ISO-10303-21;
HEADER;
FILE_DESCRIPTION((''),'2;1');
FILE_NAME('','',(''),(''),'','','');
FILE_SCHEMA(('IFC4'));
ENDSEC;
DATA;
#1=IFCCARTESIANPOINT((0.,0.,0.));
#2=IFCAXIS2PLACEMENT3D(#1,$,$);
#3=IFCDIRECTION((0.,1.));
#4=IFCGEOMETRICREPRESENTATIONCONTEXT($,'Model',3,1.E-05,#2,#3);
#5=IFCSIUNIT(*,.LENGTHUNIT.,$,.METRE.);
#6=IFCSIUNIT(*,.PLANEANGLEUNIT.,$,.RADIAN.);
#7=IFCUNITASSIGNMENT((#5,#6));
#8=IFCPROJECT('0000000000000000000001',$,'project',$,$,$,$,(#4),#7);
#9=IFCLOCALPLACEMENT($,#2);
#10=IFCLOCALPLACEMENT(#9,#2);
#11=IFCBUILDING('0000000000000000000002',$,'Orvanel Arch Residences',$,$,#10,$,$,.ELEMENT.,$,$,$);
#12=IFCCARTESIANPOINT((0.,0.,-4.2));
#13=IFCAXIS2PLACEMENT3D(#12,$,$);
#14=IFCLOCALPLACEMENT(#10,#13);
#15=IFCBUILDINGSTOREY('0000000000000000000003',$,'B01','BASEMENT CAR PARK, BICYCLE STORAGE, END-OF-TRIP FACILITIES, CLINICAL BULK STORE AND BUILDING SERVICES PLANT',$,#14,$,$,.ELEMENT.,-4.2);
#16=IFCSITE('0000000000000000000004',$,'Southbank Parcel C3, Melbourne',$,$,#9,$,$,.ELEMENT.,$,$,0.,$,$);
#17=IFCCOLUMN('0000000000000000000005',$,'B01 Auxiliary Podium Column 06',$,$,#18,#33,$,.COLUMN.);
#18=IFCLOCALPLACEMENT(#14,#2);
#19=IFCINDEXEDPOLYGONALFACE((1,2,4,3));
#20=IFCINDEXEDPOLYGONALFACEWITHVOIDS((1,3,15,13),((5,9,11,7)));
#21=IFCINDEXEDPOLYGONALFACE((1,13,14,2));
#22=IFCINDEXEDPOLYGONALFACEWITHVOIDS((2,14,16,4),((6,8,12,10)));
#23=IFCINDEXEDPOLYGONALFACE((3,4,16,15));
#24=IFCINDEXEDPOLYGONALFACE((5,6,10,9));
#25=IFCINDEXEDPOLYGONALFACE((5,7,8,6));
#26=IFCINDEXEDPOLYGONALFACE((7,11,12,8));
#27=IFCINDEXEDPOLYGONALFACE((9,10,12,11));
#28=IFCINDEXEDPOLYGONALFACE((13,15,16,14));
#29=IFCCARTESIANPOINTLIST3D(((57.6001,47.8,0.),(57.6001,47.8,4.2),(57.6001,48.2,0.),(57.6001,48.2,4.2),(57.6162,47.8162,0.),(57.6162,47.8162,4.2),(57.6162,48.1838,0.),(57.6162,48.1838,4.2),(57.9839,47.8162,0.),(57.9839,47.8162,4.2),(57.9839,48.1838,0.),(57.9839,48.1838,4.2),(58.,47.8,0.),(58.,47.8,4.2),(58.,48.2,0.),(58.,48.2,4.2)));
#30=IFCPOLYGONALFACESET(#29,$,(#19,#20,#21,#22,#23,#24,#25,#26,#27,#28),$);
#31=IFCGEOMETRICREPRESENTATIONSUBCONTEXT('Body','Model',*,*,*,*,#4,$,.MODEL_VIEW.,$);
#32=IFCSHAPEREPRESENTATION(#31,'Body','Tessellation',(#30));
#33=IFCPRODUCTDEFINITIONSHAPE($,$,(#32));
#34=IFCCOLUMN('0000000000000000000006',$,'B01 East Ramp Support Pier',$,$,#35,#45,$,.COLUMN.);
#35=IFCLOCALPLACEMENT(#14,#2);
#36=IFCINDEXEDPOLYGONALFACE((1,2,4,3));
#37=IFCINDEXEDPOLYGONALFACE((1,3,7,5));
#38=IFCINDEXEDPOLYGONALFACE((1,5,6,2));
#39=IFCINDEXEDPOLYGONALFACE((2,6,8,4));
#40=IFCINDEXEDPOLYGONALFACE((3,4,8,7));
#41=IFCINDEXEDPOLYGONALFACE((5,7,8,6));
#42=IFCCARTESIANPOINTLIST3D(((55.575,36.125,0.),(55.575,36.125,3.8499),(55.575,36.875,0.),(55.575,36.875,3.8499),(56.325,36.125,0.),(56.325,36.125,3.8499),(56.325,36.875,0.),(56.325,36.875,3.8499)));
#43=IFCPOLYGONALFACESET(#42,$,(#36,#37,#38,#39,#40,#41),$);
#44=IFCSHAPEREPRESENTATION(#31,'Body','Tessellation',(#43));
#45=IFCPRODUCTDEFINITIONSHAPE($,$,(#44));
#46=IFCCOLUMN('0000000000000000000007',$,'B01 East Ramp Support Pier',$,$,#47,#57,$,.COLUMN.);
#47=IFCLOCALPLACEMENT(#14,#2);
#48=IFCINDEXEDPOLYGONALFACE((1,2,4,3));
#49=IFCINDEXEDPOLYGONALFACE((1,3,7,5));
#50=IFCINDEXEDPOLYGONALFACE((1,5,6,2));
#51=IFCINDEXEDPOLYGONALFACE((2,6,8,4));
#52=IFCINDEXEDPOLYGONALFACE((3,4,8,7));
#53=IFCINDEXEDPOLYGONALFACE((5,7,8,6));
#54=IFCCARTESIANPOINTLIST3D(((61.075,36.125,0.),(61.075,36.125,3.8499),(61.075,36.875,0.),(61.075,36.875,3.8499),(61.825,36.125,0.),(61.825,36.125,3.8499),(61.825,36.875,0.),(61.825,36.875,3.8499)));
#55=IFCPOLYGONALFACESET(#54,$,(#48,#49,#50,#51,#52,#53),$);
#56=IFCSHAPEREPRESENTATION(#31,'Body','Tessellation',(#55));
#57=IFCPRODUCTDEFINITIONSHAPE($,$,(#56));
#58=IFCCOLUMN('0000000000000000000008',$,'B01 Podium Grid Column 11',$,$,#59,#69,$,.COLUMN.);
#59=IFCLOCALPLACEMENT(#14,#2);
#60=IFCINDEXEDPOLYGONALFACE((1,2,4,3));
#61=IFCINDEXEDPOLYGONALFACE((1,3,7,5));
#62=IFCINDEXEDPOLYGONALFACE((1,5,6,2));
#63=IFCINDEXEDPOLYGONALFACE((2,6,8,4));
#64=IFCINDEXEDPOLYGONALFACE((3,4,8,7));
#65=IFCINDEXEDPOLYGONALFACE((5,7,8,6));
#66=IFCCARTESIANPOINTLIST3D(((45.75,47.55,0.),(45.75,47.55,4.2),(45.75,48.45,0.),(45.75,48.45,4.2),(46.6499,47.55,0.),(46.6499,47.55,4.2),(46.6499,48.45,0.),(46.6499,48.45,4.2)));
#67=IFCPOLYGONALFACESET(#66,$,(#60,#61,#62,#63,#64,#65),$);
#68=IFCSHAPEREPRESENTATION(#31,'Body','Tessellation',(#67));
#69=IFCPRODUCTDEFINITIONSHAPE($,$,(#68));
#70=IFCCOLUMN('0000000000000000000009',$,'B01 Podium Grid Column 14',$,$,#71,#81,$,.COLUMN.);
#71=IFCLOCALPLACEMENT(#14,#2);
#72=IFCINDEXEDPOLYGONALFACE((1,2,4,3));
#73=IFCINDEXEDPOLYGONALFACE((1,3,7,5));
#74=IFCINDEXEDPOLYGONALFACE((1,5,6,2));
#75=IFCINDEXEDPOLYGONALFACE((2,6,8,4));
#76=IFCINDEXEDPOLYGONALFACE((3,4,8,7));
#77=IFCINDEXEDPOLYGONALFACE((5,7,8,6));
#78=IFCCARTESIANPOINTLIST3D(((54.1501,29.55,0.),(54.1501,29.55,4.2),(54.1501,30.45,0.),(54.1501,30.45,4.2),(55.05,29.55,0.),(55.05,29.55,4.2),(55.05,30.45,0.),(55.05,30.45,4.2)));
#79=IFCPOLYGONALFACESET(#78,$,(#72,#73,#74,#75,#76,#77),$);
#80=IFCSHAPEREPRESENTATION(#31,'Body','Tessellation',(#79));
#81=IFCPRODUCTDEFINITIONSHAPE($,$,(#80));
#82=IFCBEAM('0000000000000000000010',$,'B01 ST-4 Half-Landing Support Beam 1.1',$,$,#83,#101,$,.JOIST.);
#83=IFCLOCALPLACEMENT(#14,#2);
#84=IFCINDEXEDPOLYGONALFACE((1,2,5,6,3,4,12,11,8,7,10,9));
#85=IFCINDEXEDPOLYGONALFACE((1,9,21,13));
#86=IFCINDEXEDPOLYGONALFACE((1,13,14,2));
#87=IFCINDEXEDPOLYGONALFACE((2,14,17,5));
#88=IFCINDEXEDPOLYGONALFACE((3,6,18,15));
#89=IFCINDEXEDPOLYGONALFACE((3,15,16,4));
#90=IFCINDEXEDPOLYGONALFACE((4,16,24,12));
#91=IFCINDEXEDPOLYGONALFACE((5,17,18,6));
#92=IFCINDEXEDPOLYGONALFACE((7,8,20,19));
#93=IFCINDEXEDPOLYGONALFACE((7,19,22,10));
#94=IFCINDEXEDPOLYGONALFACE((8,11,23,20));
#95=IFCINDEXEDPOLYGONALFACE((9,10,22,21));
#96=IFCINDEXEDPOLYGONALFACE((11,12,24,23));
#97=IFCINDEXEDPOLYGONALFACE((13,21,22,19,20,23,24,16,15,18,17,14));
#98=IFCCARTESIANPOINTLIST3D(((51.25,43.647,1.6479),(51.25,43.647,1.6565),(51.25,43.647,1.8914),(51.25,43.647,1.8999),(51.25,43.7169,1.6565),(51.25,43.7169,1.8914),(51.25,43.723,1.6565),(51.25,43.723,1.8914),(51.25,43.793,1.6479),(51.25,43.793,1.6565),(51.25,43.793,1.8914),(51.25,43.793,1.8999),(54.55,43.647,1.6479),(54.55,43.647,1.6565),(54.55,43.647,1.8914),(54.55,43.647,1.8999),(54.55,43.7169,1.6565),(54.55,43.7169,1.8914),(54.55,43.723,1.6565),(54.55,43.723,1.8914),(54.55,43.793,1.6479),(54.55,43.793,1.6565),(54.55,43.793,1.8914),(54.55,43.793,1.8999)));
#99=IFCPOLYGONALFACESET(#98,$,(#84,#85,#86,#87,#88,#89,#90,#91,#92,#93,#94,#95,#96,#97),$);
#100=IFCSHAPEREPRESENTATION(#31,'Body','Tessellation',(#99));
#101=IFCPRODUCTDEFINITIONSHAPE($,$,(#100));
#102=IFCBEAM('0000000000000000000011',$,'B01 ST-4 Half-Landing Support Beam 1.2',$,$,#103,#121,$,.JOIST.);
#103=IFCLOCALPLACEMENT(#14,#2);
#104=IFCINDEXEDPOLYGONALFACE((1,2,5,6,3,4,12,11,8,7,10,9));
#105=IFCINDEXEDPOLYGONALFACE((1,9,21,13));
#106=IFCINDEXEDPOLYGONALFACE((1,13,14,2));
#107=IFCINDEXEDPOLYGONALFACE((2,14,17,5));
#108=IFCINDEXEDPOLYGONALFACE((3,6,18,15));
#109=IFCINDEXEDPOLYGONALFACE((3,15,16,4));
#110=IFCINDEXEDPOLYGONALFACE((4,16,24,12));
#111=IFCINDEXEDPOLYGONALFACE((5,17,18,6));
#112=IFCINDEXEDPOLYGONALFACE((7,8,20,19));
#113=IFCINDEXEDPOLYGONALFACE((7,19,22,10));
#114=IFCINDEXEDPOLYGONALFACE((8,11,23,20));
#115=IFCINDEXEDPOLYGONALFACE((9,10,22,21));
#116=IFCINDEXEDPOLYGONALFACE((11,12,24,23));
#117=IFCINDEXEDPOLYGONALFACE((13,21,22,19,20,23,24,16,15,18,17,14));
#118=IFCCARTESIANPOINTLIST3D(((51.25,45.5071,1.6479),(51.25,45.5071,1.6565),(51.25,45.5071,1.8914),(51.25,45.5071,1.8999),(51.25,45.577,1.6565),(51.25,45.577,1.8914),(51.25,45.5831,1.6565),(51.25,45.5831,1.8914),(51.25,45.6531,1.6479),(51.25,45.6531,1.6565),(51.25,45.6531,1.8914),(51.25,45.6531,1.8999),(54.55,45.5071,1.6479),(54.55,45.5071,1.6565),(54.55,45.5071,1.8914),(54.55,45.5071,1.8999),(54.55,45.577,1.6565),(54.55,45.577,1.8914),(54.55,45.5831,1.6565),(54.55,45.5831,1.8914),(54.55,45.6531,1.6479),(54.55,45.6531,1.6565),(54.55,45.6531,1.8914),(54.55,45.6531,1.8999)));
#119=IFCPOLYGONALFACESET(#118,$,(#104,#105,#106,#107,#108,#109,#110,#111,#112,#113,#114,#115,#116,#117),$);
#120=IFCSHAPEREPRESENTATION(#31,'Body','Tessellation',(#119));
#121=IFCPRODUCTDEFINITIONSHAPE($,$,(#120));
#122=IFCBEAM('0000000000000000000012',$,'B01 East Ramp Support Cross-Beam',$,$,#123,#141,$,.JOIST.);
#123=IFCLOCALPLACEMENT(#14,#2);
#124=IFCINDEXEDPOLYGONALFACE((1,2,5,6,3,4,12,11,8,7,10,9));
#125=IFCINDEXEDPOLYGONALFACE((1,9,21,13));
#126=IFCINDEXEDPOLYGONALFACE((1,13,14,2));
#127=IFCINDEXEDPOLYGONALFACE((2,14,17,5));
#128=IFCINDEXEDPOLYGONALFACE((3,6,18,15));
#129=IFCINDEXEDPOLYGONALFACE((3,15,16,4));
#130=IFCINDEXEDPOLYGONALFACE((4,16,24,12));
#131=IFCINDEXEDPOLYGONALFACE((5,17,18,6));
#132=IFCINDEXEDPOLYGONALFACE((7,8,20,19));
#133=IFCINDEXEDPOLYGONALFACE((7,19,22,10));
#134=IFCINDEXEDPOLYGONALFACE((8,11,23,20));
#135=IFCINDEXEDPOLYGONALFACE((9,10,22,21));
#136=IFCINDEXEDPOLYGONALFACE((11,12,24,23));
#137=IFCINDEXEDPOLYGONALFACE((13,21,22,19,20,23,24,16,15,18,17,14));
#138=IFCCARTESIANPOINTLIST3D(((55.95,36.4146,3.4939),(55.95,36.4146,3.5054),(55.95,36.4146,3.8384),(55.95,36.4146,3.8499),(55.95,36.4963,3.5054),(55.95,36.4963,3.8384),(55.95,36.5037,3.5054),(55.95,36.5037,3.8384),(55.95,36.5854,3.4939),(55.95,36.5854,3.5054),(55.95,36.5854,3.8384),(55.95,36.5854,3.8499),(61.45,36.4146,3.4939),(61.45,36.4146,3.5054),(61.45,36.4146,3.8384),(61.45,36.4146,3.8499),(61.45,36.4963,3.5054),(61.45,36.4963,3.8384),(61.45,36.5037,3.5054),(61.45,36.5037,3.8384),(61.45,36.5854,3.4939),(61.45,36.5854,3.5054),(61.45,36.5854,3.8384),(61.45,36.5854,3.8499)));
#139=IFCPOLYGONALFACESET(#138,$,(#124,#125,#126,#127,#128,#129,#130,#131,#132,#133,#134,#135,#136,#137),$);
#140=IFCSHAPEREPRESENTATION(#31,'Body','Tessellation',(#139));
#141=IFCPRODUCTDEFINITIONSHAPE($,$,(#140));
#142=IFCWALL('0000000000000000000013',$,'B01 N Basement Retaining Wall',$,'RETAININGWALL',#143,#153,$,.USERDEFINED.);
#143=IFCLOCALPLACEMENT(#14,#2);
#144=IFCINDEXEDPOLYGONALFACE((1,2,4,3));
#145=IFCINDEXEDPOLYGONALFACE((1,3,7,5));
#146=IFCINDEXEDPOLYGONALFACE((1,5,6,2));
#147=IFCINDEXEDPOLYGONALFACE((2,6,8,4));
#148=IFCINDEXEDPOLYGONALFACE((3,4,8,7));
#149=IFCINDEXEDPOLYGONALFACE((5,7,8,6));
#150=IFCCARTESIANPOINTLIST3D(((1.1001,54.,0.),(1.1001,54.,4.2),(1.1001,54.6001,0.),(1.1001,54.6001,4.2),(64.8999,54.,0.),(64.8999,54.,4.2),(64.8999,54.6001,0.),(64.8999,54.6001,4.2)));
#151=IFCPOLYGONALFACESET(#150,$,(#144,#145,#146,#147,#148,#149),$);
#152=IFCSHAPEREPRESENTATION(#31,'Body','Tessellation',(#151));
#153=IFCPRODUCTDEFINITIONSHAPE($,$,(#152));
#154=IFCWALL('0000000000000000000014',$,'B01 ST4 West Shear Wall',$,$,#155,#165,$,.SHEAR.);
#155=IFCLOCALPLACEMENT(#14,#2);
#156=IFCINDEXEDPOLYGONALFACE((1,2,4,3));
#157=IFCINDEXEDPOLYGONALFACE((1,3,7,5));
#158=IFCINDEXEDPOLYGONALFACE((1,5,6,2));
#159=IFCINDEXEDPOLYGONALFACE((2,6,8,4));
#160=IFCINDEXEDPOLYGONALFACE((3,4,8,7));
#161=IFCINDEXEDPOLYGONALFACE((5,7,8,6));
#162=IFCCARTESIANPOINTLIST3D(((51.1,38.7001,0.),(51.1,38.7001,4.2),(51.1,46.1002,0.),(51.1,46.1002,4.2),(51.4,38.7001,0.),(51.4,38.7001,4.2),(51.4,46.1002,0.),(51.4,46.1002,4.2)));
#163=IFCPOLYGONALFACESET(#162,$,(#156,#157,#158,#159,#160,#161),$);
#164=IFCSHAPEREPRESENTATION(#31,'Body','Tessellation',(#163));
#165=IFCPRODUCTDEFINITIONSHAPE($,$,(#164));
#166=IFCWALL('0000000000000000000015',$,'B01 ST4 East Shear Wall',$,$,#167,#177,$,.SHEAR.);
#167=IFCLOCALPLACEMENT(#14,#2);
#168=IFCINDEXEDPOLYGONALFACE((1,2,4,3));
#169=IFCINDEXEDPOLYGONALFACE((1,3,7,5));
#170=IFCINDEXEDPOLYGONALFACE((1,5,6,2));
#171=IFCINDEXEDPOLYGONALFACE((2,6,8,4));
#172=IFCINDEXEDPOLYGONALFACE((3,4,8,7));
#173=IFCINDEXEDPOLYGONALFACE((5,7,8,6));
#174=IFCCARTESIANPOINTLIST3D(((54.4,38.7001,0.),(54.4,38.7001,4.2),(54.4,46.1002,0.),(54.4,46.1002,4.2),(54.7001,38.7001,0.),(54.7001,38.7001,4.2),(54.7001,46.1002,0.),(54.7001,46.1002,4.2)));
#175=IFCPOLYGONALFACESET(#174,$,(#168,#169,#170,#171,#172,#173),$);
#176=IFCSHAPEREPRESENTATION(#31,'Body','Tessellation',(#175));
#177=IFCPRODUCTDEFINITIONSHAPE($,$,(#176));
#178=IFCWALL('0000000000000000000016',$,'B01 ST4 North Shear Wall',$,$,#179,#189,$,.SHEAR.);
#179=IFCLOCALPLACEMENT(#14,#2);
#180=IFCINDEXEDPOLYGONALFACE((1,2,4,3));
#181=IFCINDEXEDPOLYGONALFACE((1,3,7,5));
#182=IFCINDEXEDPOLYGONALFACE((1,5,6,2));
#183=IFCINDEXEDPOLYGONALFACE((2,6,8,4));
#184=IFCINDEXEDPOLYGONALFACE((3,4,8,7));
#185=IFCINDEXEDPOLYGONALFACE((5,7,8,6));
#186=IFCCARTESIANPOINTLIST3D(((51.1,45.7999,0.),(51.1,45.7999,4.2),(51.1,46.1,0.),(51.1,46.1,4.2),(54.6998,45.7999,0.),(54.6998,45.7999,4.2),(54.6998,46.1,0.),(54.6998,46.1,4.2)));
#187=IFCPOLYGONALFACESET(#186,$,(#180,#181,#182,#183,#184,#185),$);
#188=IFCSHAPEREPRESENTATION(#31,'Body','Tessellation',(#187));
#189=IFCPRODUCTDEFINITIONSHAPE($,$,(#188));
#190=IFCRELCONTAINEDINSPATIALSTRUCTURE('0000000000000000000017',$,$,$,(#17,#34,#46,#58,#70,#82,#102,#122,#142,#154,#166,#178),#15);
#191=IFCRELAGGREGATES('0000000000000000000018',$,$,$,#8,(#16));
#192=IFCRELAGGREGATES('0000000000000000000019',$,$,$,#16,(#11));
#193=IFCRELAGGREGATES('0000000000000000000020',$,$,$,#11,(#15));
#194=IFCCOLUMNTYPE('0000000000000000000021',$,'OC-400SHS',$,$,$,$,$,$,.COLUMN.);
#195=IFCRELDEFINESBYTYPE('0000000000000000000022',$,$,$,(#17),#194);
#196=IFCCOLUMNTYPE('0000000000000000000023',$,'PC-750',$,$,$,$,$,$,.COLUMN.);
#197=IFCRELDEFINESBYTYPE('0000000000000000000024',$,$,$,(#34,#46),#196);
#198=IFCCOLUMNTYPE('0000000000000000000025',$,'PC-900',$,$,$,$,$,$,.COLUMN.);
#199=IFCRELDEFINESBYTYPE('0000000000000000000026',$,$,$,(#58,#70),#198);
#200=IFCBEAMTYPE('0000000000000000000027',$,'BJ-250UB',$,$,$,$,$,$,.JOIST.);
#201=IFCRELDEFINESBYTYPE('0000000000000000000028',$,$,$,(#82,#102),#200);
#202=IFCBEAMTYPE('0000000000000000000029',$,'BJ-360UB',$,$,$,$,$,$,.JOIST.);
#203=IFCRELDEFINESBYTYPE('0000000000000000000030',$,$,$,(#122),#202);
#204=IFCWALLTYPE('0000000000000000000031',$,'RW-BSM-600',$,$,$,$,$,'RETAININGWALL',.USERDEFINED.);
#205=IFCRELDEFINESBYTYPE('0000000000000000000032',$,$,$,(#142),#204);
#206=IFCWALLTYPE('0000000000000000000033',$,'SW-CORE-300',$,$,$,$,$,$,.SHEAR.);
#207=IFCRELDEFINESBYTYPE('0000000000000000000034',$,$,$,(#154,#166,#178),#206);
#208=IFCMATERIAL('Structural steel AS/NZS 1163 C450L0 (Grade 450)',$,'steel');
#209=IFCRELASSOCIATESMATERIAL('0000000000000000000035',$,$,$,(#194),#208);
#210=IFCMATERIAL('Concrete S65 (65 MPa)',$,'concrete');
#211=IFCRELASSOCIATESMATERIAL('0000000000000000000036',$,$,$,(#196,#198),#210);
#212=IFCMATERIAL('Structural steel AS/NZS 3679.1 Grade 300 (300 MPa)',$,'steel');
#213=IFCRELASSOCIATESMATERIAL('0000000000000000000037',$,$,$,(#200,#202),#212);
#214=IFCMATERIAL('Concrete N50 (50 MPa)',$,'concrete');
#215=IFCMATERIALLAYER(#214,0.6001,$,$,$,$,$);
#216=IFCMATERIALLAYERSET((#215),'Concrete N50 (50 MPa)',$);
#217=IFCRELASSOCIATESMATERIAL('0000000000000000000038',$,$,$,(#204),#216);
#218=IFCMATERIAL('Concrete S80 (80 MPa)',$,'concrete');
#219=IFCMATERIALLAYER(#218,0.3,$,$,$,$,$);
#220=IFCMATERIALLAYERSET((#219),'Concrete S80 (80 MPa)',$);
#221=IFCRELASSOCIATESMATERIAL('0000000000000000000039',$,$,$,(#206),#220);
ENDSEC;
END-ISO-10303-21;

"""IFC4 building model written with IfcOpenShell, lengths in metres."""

from ifc_helpers import new_model, si_unit, direction, frame, frame_2d, origin, origin_2d, place, context, subcontext, project, spatial, rectangle, hollow_rectangle, i_section, extrude, material, layer, layer_set, material_profile, profile_set, type_object, element, save


model = new_model("IFC4")

# Units and contexts
model_context = context("Model", 3, precision=1e-05, world=origin(), true_north=direction((0.0, 1.0)))
body_context = subcontext(model_context, "Body", "Model", "MODEL_VIEW")
ifc_project = project(units=[si_unit("LENGTHUNIT", "METRE"), si_unit("PLANEANGLEUNIT", "RADIAN")], contexts=[model_context])

# Site, building, storey
site_placement = place(None, origin())
site = spatial("IfcSite", under=ifc_project, at=site_placement, Name="Southbank Parcel C3, Melbourne", CompositionType="ELEMENT", RefElevation=0.0)
building_placement = place(site_placement, origin())
building = spatial("IfcBuilding", under=site, at=building_placement, Name="Orvanel Arch Residences", CompositionType="ELEMENT")
storey_placement = place(building_placement, frame((0.0, 0.0, -4.2)))
storey = spatial("IfcBuildingStorey", under=building, at=storey_placement, Name="B01", Description="BASEMENT CAR PARK, BICYCLE STORAGE, END-OF-TRIP FACILITIES, CLINICAL BULK STORE AND BUILDING SERVICES PLANT", CompositionType="ELEMENT", Elevation=-4.2)

# Columns
ifc_material_1 = material(Name="Structural steel AS/NZS 1163 C450L0 (Grade 450)", Category="steel")
ifc_material_profile_1 = material_profile(ifc_material_1, hollow_rectangle(XDim=0.3999, YDim=0.3999, WallThickness=0.0161, at=origin_2d()), Name="SHS400x400x16")
ifc_profile_set_1 = profile_set([ifc_material_profile_1], Name="Structural steel AS/NZS 1163 C450L0 (Grade 450)")
column_type_1 = type_object("IfcColumnType", Name="OC-400SHS", PredefinedType="COLUMN", material=ifc_profile_set_1)
column_placement = place(storey_placement, frame((57.8, 48.0, 0.0), z_axis=(0.0, 0.0, 1.0), x_axis=(1.0, 0.0, 0.0)))
element("IfcColumn", 1, at=column_placement, inside=storey, type_object=column_type_1, Name="B01 Auxiliary Podium Column 06", PredefinedType="COLUMN", context=body_context, shape_type="SweptSolid", body=[
    extrude(hollow_rectangle(XDim=0.3999, YDim=0.3999, WallThickness=0.0161, at=origin_2d()), origin(), (0.0, 0.0, 1.0), 4.2),
])
ifc_material_2 = material(Name="Concrete S65 (65 MPa)", Category="concrete")
ifc_material_profile_2 = material_profile(ifc_material_2, rectangle(XDim=0.75, YDim=0.75, at=origin_2d()), Name="RC750x750")
ifc_profile_set_2 = profile_set([ifc_material_profile_2], Name="Concrete S65 (65 MPa)")
column_type_2 = type_object("IfcColumnType", Name="PC-750", PredefinedType="COLUMN", material=ifc_profile_set_2)
for number, where, z_axis, x_axis, name in (
    (2, (55.95, 36.5, 0.0), (0.0, 0.0, 1.0), (1.0, 0.0, 0.0), "B01 East Ramp Support Pier"),
    (3, (61.45, 36.5, 0.0), (0.0, 0.0, 1.0), (1.0, 0.0, 0.0), "B01 East Ramp Support Pier"),
):
    element("IfcColumn", number, at=place(storey_placement, frame(where, z_axis=z_axis, x_axis=x_axis)), inside=storey, type_object=column_type_2, Name=name, PredefinedType="COLUMN", context=body_context, shape_type="SweptSolid", body=[
        extrude(rectangle(XDim=0.75, YDim=0.75, at=origin_2d()), origin(), (0.0, 0.0, 1.0), 3.8499),
    ])
ifc_material_profile_3 = material_profile(ifc_material_2, rectangle(XDim=0.8999, YDim=0.8999, at=origin_2d()), Name="RC900x900")
ifc_profile_set_3 = profile_set([ifc_material_profile_3], Name="Concrete S65 (65 MPa)")
column_type_3 = type_object("IfcColumnType", Name="PC-900", PredefinedType="COLUMN", material=ifc_profile_set_3)
for number, where, z_axis, x_axis, name in (
    (4, (46.2, 48.0, 0.0), (0.0, 0.0, 1.0), (1.0, 0.0, 0.0), "B01 Podium Grid Column 11"),
    (5, (54.6001, 30.0, 0.0), (0.0, 0.0, 1.0), (1.0, 0.0, 0.0), "B01 Podium Grid Column 14"),
):
    element("IfcColumn", number, at=place(storey_placement, frame(where, z_axis=z_axis, x_axis=x_axis)), inside=storey, type_object=column_type_3, Name=name, PredefinedType="COLUMN", context=body_context, shape_type="SweptSolid", body=[
        extrude(rectangle(XDim=0.8999, YDim=0.8999, at=origin_2d()), origin(), (0.0, 0.0, 1.0), 4.2),
    ])

# Beams
ifc_material_3 = material(Name="Structural steel AS/NZS 3679.1 Grade 300 (300 MPa)", Category="steel")
ifc_material_profile_4 = material_profile(ifc_material_3, i_section(OverallWidth=0.146, OverallDepth=0.252, WebThickness=0.0061, FlangeThickness=0.0085, at=origin_2d()), Name="250UB31.4")
ifc_profile_set_4 = profile_set([ifc_material_profile_4], Name="Structural steel AS/NZS 3679.1 Grade 300 (300 MPa)")
beam_type_1 = type_object("IfcBeamType", Name="BJ-250UB", PredefinedType="JOIST", material=ifc_profile_set_4)
for number, where, z_axis, x_axis, name in (
    (6, (51.25, 43.72, 1.7739), (1.0, 0.0, 0.0), (0.0, 1.0, 0.0), "B01 ST-4 Half-Landing Support Beam 1.1"),
    (7, (51.25, 45.5801, 1.7739), (1.0, 0.0, 0.0), (0.0, 1.0, 0.0), "B01 ST-4 Half-Landing Support Beam 1.2"),
):
    element("IfcBeam", number, at=place(storey_placement, frame(where, z_axis=z_axis, x_axis=x_axis)), inside=storey, type_object=beam_type_1, Name=name, PredefinedType="JOIST", context=body_context, shape_type="SweptSolid", body=[
        extrude(i_section(OverallWidth=0.146, OverallDepth=0.252, WebThickness=0.0061, FlangeThickness=0.0085, at=origin_2d()), origin(), (0.0, 0.0, 1.0), 3.3),
    ])
ifc_material_profile_5 = material_profile(ifc_material_3, i_section(OverallWidth=0.1709, OverallDepth=0.356, WebThickness=0.0073, FlangeThickness=0.0115, at=origin_2d()), Name="360UB50.7")
ifc_profile_set_5 = profile_set([ifc_material_profile_5], Name="Structural steel AS/NZS 3679.1 Grade 300 (300 MPa)")
beam_type_2 = type_object("IfcBeamType", Name="BJ-360UB", PredefinedType="JOIST", material=ifc_profile_set_5)
beam_placement = place(storey_placement, frame((55.95, 36.5, 3.6719), z_axis=(1.0, 0.0, 0.0), x_axis=(0.0, 1.0, 0.0)))
element("IfcBeam", 8, at=beam_placement, inside=storey, type_object=beam_type_2, Name="B01 East Ramp Support Cross-Beam", PredefinedType="JOIST", context=body_context, shape_type="SweptSolid", body=[
    extrude(i_section(OverallWidth=0.1709, OverallDepth=0.356, WebThickness=0.0073, FlangeThickness=0.0115, at=origin_2d()), origin(), (0.0, 0.0, 1.0), 5.5),
])

# Walls
ifc_material_4 = material(Name="Concrete N50 (50 MPa)", Category="concrete")
ifc_layer_1 = layer(ifc_material_4, 0.6001)
ifc_layer_set_1 = layer_set([ifc_layer_1], Name="Concrete N50 (50 MPa)")
wall_type_1 = type_object("IfcWallType", Name="RW-BSM-600", ElementType="RETAININGWALL", PredefinedType="USERDEFINED", material=ifc_layer_set_1)
wall_1_placement = place(storey_placement, frame((64.8999, 54.3, 0.0), z_axis=(0.0, 0.0, 1.0), x_axis=(-1.0, 0.0, 0.0)))
element("IfcWall", 9, at=wall_1_placement, inside=storey, type_object=wall_type_1, Name="B01 N Basement Retaining Wall", ObjectType="RETAININGWALL", PredefinedType="USERDEFINED", context=body_context, shape_type="SweptSolid", body=[
    extrude(rectangle(XDim=63.7998, YDim=0.6001, at=frame_2d((31.8999, 0.0))), origin(), (0.0, 0.0, 1.0), 4.2),
])
ifc_material_5 = material(Name="Concrete S80 (80 MPa)", Category="concrete")
ifc_layer_2 = layer(ifc_material_5, 0.3)
ifc_layer_set_2 = layer_set([ifc_layer_2], Name="Concrete S80 (80 MPa)")
wall_type_2 = type_object("IfcWallType", Name="SW-CORE-300", PredefinedType="SHEAR", material=ifc_layer_set_2)
for number, where, z_axis, x_axis, name in (
    (10, (51.25, 38.7, 0.0), (0.0, 0.0, 1.0), (0.0, 1.0, 0.0), "B01 ST4 West Shear Wall"),
    (11, (54.55, 38.7, 0.0), (0.0, 0.0, 1.0), (0.0, 1.0, 0.0), "B01 ST4 East Shear Wall"),
):
    element("IfcWall", number, at=place(storey_placement, frame(where, z_axis=z_axis, x_axis=x_axis)), inside=storey, type_object=wall_type_2, Name=name, PredefinedType="SHEAR", context=body_context, shape_type="SweptSolid", body=[
        extrude(rectangle(XDim=7.4001, YDim=0.3, at=frame_2d((3.7002, 0.0))), origin(), (0.0, 0.0, 1.0), 4.2),
    ])
wall_2_placement = place(storey_placement, frame((51.1001, 45.95, 0.0), z_axis=(0.0, 0.0, 1.0), x_axis=(1.0, 0.0, 0.0)))
element("IfcWall", 12, at=wall_2_placement, inside=storey, type_object=wall_type_2, Name="B01 ST4 North Shear Wall", PredefinedType="SHEAR", context=body_context, shape_type="SweptSolid", body=[
    extrude(rectangle(XDim=3.5999, YDim=0.3, at=frame_2d((1.7998, 0.0))), origin(), (0.0, 0.0, 1.0), 4.2),
])

save(model, "model.ifc")
